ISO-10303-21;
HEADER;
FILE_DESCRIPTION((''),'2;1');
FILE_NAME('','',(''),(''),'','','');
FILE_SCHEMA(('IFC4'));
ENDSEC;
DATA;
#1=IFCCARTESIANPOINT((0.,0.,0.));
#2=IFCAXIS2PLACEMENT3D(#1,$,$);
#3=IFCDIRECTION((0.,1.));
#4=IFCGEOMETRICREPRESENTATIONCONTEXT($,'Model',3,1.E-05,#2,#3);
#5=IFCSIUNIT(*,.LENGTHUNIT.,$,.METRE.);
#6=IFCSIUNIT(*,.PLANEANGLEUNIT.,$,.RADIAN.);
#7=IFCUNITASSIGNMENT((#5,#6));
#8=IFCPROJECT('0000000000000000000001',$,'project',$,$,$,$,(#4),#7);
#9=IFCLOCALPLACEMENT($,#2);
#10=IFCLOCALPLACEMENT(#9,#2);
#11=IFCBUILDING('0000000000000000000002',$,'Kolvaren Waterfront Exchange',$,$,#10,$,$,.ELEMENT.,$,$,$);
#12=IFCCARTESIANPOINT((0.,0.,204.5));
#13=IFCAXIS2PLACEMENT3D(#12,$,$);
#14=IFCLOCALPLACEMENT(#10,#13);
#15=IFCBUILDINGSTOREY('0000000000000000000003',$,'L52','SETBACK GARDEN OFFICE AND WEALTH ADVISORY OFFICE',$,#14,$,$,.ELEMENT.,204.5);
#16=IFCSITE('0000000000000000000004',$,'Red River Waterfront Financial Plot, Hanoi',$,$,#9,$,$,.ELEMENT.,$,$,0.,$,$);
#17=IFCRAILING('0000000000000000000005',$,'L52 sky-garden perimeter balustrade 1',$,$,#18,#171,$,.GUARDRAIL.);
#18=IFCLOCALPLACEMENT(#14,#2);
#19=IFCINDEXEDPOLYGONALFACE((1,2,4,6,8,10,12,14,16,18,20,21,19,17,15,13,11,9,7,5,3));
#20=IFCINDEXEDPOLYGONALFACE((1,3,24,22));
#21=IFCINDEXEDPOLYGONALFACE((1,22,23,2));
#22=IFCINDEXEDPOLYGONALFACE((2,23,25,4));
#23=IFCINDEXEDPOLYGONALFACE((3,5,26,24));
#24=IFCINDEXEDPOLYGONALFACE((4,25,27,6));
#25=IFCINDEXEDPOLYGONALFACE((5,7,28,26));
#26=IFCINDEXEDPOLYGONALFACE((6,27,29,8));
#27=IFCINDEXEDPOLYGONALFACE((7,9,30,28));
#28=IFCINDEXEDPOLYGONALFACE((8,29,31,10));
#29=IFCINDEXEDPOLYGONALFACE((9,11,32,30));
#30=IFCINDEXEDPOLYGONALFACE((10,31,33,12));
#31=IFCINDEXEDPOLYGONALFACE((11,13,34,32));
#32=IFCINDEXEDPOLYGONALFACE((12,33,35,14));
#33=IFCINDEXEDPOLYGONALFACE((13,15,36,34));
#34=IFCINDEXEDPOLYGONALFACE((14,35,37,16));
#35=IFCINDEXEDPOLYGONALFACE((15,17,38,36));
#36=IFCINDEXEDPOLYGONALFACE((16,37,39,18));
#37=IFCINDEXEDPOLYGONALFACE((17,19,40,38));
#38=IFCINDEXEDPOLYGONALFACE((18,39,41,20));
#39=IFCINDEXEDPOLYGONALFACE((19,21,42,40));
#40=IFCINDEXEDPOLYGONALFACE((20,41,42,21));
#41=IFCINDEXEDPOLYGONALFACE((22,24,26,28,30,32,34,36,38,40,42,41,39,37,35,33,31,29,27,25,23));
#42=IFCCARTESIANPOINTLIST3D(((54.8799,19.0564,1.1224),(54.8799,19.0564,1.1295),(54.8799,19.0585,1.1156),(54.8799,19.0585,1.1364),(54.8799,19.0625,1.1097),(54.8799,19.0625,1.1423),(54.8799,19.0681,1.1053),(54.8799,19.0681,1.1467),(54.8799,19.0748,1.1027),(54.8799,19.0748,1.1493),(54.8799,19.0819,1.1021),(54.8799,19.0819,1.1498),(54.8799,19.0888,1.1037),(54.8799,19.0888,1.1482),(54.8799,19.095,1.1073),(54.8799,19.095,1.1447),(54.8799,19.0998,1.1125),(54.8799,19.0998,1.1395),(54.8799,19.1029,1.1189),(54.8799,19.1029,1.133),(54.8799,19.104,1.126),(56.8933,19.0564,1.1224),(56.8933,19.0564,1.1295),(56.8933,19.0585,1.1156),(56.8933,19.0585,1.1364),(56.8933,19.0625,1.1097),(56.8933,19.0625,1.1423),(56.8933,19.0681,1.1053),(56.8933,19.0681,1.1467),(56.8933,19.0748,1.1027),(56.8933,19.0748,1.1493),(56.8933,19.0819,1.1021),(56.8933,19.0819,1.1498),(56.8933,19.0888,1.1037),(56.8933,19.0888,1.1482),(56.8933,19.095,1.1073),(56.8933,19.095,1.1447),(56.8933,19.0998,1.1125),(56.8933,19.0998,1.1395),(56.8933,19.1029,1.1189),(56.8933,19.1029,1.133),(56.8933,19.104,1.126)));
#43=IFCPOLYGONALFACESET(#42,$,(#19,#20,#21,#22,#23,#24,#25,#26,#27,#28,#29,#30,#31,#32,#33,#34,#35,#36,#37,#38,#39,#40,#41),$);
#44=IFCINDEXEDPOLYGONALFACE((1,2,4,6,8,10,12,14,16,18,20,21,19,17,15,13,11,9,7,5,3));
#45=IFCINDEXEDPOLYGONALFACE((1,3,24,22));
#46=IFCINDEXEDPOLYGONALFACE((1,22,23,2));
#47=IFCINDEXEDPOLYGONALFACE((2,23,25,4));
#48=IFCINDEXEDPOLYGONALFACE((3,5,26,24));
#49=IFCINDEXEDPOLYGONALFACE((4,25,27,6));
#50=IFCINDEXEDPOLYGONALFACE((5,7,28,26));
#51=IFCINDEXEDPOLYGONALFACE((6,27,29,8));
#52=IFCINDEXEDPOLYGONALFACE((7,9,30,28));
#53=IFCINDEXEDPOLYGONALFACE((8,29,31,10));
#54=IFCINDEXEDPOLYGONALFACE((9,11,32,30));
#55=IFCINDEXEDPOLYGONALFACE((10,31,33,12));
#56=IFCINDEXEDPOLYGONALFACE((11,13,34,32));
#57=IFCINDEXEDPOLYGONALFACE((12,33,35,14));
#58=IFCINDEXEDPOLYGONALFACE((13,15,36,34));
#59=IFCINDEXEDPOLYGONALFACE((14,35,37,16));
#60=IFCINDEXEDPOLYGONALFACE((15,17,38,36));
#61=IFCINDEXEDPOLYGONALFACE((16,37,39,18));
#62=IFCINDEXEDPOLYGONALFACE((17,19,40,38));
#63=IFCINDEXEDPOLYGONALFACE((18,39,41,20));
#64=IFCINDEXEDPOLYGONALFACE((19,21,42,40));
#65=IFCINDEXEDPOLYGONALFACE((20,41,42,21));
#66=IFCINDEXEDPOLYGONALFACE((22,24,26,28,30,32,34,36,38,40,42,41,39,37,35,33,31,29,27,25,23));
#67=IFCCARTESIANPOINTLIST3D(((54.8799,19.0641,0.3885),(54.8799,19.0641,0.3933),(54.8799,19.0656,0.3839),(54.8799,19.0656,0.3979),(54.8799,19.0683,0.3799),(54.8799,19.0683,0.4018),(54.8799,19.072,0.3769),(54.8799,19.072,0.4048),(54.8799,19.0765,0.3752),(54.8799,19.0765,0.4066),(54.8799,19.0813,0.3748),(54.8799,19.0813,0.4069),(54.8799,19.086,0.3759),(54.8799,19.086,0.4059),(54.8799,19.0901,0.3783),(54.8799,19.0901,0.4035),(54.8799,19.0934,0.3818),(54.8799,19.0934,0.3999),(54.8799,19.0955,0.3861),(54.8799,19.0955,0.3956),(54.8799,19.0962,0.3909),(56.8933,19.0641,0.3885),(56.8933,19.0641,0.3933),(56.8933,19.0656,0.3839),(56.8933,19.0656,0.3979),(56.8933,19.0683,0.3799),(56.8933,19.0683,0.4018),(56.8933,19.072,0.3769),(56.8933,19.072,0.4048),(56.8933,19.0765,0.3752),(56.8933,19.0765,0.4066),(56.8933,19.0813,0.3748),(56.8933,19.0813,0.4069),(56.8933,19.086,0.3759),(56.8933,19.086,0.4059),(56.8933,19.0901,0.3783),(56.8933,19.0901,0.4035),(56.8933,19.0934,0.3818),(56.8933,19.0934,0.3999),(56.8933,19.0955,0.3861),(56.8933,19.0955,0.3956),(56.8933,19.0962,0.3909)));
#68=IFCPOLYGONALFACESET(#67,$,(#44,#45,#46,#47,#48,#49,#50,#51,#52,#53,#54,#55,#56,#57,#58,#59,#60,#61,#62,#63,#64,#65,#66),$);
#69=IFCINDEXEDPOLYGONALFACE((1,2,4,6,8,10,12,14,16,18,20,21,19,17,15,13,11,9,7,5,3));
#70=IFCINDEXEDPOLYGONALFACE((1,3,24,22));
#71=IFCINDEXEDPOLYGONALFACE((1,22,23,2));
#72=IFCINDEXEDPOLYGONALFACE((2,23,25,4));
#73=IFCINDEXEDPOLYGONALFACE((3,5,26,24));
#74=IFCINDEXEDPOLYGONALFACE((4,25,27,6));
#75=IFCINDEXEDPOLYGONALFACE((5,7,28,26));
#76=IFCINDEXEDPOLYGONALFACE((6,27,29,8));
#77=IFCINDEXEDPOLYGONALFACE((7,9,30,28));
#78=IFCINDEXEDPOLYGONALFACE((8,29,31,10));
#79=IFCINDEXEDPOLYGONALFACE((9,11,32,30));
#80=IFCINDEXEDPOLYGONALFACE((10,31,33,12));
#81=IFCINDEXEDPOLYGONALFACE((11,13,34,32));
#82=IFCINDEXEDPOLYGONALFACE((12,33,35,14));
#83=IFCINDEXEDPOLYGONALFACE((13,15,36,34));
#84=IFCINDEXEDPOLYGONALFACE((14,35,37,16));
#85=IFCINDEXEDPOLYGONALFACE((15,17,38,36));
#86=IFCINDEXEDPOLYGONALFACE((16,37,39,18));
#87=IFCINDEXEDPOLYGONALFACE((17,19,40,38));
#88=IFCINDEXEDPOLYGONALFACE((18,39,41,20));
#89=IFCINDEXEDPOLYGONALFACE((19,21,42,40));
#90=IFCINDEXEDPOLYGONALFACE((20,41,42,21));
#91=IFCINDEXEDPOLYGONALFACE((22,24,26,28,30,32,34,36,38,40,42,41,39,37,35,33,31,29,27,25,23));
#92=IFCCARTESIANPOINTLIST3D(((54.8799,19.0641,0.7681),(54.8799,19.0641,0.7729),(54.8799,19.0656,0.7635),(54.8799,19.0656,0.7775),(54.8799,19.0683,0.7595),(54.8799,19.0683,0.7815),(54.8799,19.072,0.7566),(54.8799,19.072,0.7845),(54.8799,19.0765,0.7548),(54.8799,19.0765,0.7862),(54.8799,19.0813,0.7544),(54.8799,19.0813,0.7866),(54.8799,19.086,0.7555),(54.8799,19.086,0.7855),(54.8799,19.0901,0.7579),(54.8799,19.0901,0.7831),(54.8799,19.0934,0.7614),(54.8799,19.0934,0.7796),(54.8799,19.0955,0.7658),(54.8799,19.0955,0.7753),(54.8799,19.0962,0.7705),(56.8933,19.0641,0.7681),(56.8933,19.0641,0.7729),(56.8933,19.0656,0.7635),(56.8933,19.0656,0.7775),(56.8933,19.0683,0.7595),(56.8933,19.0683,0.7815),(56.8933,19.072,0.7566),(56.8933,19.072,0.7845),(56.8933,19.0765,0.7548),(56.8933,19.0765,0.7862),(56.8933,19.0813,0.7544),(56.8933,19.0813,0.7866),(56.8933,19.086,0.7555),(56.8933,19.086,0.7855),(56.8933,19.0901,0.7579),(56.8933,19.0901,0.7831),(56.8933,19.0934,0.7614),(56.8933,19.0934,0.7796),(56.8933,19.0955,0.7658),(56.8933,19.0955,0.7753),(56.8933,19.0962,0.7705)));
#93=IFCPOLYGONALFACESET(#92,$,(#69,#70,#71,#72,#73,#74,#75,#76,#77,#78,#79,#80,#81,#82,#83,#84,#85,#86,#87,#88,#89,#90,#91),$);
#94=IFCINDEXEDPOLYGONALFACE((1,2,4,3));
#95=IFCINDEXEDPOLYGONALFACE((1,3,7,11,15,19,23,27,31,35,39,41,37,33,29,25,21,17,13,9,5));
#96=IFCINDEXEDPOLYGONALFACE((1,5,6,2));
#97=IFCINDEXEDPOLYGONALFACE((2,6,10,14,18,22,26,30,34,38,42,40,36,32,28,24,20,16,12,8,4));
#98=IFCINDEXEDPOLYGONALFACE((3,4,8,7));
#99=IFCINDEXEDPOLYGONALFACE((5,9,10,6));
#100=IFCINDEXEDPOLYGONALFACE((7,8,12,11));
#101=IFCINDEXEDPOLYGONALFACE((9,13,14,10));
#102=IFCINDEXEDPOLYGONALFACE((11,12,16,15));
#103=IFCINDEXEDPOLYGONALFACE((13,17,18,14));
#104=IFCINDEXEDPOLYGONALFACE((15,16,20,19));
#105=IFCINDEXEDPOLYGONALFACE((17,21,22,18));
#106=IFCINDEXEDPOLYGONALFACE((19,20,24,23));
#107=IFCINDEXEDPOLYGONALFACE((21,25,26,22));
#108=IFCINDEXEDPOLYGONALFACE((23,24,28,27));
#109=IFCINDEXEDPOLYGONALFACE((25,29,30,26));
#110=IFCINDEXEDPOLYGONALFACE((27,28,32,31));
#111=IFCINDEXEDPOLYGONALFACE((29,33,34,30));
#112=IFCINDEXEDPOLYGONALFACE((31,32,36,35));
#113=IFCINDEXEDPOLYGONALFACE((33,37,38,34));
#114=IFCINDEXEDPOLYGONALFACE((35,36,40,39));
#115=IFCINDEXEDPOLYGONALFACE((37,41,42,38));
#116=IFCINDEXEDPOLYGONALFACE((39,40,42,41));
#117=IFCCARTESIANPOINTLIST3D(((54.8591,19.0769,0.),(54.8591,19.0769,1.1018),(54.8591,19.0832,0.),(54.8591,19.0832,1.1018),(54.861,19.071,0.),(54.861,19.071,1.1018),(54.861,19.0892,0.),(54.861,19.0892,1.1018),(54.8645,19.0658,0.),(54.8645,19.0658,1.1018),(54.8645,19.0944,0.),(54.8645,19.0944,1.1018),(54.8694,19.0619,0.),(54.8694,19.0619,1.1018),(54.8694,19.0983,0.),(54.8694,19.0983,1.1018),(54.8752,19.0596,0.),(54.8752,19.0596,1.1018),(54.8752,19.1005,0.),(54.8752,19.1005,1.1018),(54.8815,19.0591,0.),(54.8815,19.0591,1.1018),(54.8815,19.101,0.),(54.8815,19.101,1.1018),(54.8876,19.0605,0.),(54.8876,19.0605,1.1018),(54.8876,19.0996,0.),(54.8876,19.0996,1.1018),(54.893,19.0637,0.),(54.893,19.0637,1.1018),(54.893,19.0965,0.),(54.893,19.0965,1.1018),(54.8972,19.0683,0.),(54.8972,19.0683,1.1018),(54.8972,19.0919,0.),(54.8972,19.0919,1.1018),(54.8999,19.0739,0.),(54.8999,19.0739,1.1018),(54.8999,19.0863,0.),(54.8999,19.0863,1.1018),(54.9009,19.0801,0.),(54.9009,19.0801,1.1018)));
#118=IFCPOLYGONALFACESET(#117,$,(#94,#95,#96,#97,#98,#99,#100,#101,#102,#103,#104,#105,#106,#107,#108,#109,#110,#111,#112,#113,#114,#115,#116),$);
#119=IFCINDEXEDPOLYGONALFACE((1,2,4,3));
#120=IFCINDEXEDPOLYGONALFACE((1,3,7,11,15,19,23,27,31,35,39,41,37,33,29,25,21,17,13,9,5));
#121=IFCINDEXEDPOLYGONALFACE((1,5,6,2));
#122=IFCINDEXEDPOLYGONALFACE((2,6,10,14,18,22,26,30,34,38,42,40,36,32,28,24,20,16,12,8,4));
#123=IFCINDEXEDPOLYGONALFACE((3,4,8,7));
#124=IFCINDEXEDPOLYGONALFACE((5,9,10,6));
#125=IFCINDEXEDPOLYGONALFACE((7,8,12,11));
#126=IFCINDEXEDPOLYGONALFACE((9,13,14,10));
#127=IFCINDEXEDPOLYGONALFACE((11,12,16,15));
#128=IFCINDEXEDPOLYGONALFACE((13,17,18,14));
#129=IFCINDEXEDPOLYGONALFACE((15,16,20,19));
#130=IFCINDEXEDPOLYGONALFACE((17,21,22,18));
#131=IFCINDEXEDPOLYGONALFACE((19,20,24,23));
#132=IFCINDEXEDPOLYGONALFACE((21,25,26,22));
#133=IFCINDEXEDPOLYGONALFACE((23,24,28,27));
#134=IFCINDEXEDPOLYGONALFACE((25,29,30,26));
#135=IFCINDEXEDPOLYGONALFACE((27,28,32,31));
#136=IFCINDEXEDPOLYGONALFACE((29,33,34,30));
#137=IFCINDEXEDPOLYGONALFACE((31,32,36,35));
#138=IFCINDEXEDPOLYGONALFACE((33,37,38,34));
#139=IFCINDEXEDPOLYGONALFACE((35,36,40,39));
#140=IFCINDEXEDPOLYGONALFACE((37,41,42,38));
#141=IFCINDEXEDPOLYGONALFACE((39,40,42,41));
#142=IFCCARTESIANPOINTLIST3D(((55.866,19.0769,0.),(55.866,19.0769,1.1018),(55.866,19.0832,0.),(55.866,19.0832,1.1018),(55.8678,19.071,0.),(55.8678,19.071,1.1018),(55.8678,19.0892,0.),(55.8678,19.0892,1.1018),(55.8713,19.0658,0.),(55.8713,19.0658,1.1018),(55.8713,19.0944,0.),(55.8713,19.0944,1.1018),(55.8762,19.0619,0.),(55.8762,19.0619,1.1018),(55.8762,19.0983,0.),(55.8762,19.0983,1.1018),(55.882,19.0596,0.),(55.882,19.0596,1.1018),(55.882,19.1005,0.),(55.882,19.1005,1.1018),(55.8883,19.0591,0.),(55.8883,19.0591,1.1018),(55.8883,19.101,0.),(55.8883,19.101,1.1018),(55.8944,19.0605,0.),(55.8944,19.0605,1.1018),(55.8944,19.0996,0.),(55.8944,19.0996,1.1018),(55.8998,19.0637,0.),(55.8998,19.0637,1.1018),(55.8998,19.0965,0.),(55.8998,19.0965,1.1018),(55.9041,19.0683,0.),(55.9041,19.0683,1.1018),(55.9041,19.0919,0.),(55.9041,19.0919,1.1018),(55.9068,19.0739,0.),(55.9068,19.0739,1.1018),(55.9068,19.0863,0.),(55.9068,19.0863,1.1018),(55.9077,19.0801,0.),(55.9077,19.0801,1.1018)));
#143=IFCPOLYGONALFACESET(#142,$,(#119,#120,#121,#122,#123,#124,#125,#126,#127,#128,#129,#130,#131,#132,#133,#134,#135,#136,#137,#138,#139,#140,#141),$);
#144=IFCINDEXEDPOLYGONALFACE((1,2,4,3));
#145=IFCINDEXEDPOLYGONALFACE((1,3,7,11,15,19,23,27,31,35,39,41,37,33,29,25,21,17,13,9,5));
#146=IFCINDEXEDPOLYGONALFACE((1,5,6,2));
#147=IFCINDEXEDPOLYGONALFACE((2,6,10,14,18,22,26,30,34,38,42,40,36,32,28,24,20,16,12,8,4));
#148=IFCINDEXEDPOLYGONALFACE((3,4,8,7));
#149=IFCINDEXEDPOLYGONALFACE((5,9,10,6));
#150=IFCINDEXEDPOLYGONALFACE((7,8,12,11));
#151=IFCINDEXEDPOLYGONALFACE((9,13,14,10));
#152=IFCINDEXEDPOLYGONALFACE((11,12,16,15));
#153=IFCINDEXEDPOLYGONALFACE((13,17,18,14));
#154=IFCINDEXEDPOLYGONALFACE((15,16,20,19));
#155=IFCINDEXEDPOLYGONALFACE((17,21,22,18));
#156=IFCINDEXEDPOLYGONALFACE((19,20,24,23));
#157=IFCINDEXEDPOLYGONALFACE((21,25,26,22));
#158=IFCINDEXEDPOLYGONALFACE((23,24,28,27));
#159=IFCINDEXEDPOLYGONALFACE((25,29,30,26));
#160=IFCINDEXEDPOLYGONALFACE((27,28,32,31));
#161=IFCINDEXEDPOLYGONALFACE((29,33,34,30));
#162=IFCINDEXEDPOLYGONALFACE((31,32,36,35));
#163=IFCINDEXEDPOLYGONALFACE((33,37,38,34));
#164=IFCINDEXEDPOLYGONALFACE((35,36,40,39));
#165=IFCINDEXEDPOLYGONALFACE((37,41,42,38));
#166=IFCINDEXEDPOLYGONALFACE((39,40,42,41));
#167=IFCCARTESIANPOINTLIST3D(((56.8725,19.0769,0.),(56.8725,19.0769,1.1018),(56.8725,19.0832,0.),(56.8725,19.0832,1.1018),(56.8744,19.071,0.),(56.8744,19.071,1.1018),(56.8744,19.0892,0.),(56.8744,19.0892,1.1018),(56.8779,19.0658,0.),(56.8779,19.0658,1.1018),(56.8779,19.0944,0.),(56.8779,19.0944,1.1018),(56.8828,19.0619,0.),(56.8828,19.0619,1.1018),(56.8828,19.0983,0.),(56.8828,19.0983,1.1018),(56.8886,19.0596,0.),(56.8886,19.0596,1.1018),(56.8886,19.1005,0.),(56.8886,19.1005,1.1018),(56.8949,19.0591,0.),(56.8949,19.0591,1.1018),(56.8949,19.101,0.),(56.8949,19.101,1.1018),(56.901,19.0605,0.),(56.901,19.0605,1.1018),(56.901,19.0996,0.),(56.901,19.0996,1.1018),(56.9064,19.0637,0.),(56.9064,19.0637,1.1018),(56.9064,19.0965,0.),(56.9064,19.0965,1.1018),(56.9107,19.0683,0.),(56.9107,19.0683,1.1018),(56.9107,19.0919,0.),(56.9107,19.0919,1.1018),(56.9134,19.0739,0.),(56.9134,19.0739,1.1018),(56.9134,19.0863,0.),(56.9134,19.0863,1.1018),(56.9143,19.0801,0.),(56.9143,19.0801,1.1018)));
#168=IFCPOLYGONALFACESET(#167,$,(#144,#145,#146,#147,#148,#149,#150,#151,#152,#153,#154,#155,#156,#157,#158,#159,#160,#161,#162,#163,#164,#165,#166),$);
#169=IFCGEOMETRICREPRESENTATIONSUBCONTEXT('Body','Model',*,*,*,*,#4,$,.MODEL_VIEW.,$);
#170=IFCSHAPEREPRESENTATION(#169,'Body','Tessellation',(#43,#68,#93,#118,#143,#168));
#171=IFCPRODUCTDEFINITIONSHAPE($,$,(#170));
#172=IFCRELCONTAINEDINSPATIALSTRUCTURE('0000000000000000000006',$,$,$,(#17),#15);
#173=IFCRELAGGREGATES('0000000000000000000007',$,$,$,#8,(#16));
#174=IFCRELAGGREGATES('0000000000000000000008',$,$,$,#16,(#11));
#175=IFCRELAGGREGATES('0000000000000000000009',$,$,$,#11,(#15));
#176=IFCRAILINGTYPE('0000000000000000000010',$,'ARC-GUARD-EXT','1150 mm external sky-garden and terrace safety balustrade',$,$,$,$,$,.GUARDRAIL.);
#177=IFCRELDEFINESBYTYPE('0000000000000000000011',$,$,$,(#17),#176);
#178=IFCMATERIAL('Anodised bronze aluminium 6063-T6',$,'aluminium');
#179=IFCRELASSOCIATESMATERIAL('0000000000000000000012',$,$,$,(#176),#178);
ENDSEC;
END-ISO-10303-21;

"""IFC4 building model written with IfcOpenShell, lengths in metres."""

from ifc_helpers import new_model, si_unit, direction, frame, origin, origin_2d, place, context, subcontext, project, spatial, circle, extrude, material, type_object, element, save


model = new_model("IFC4")

# Units and contexts
model_context = context("Model", 3, precision=1e-05, world=origin(), true_north=direction((0.0, 1.0)))
body_context = subcontext(model_context, "Body", "Model", "MODEL_VIEW")
ifc_project = project(units=[si_unit("LENGTHUNIT", "METRE"), si_unit("PLANEANGLEUNIT", "RADIAN")], contexts=[model_context])

# Site, building, storey
site_placement = place(None, origin())
site = spatial("IfcSite", under=ifc_project, at=site_placement, Name="Red River Waterfront Financial Plot, Hanoi", CompositionType="ELEMENT", RefElevation=0.0)
building_placement = place(site_placement, origin())
building = spatial("IfcBuilding", under=site, at=building_placement, Name="Kolvaren Waterfront Exchange", CompositionType="ELEMENT")
storey_placement = place(building_placement, frame((0.0, 0.0, 204.5)))
storey = spatial("IfcBuildingStorey", under=building, at=storey_placement, Name="L52", Description="SETBACK GARDEN OFFICE AND WEALTH ADVISORY OFFICE", CompositionType="ELEMENT", Elevation=204.5)

# Shared definitions
ifc_material_1 = material(Name="Anodised bronze aluminium 6063-T6", Category="aluminium")

# Railing
railing_type = type_object("IfcRailingType", Name="ARC-GUARD-EXT", Description="1150 mm external sky-garden and terrace safety balustrade", PredefinedType="GUARDRAIL", material=ifc_material_1)
railing_1_placement = place(storey_placement, frame((54.8799, 19.0801, 0.0)))
element("IfcRailing", 1, at=railing_1_placement, inside=storey, type_object=railing_type, Name="L52 sky-garden perimeter balustrade 1", PredefinedType="GUARDRAIL", context=body_context, shape_type="SweptSolid", body=[
    extrude(circle(Radius=0.0239, at=origin_2d()), frame((0.0, 0.0, 1.126), z_axis=(1.0, 0.0, 0.0), x_axis=(0.0, 1.0, 0.0)), (0.0, 0.0, 1.0), 2.0134),
    extrude(circle(Radius=0.0161, at=origin_2d()), frame((0.0, 0.0, 0.3909), z_axis=(1.0, 0.0, 0.0), x_axis=(0.0, 1.0, 0.0)), (0.0, 0.0, 1.0), 2.0134),
    extrude(circle(Radius=0.0161, at=origin_2d()), frame((0.0, 0.0, 0.7705), z_axis=(1.0, 0.0, 0.0), x_axis=(0.0, 1.0, 0.0)), (0.0, 0.0, 1.0), 2.0134),
    extrude(circle(Radius=0.021, at=origin_2d()), origin(), (0.0, 0.0, 1.0), 1.1018),
    extrude(circle(Radius=0.021, at=origin_2d()), frame((1.0068, 0.0, 0.0)), (0.0, 0.0, 1.0), 1.1018),
    extrude(circle(Radius=0.021, at=origin_2d()), frame((2.0134, 0.0, 0.0)), (0.0, 0.0, 1.0), 1.1018),
])

save(model, "model.ifc")
